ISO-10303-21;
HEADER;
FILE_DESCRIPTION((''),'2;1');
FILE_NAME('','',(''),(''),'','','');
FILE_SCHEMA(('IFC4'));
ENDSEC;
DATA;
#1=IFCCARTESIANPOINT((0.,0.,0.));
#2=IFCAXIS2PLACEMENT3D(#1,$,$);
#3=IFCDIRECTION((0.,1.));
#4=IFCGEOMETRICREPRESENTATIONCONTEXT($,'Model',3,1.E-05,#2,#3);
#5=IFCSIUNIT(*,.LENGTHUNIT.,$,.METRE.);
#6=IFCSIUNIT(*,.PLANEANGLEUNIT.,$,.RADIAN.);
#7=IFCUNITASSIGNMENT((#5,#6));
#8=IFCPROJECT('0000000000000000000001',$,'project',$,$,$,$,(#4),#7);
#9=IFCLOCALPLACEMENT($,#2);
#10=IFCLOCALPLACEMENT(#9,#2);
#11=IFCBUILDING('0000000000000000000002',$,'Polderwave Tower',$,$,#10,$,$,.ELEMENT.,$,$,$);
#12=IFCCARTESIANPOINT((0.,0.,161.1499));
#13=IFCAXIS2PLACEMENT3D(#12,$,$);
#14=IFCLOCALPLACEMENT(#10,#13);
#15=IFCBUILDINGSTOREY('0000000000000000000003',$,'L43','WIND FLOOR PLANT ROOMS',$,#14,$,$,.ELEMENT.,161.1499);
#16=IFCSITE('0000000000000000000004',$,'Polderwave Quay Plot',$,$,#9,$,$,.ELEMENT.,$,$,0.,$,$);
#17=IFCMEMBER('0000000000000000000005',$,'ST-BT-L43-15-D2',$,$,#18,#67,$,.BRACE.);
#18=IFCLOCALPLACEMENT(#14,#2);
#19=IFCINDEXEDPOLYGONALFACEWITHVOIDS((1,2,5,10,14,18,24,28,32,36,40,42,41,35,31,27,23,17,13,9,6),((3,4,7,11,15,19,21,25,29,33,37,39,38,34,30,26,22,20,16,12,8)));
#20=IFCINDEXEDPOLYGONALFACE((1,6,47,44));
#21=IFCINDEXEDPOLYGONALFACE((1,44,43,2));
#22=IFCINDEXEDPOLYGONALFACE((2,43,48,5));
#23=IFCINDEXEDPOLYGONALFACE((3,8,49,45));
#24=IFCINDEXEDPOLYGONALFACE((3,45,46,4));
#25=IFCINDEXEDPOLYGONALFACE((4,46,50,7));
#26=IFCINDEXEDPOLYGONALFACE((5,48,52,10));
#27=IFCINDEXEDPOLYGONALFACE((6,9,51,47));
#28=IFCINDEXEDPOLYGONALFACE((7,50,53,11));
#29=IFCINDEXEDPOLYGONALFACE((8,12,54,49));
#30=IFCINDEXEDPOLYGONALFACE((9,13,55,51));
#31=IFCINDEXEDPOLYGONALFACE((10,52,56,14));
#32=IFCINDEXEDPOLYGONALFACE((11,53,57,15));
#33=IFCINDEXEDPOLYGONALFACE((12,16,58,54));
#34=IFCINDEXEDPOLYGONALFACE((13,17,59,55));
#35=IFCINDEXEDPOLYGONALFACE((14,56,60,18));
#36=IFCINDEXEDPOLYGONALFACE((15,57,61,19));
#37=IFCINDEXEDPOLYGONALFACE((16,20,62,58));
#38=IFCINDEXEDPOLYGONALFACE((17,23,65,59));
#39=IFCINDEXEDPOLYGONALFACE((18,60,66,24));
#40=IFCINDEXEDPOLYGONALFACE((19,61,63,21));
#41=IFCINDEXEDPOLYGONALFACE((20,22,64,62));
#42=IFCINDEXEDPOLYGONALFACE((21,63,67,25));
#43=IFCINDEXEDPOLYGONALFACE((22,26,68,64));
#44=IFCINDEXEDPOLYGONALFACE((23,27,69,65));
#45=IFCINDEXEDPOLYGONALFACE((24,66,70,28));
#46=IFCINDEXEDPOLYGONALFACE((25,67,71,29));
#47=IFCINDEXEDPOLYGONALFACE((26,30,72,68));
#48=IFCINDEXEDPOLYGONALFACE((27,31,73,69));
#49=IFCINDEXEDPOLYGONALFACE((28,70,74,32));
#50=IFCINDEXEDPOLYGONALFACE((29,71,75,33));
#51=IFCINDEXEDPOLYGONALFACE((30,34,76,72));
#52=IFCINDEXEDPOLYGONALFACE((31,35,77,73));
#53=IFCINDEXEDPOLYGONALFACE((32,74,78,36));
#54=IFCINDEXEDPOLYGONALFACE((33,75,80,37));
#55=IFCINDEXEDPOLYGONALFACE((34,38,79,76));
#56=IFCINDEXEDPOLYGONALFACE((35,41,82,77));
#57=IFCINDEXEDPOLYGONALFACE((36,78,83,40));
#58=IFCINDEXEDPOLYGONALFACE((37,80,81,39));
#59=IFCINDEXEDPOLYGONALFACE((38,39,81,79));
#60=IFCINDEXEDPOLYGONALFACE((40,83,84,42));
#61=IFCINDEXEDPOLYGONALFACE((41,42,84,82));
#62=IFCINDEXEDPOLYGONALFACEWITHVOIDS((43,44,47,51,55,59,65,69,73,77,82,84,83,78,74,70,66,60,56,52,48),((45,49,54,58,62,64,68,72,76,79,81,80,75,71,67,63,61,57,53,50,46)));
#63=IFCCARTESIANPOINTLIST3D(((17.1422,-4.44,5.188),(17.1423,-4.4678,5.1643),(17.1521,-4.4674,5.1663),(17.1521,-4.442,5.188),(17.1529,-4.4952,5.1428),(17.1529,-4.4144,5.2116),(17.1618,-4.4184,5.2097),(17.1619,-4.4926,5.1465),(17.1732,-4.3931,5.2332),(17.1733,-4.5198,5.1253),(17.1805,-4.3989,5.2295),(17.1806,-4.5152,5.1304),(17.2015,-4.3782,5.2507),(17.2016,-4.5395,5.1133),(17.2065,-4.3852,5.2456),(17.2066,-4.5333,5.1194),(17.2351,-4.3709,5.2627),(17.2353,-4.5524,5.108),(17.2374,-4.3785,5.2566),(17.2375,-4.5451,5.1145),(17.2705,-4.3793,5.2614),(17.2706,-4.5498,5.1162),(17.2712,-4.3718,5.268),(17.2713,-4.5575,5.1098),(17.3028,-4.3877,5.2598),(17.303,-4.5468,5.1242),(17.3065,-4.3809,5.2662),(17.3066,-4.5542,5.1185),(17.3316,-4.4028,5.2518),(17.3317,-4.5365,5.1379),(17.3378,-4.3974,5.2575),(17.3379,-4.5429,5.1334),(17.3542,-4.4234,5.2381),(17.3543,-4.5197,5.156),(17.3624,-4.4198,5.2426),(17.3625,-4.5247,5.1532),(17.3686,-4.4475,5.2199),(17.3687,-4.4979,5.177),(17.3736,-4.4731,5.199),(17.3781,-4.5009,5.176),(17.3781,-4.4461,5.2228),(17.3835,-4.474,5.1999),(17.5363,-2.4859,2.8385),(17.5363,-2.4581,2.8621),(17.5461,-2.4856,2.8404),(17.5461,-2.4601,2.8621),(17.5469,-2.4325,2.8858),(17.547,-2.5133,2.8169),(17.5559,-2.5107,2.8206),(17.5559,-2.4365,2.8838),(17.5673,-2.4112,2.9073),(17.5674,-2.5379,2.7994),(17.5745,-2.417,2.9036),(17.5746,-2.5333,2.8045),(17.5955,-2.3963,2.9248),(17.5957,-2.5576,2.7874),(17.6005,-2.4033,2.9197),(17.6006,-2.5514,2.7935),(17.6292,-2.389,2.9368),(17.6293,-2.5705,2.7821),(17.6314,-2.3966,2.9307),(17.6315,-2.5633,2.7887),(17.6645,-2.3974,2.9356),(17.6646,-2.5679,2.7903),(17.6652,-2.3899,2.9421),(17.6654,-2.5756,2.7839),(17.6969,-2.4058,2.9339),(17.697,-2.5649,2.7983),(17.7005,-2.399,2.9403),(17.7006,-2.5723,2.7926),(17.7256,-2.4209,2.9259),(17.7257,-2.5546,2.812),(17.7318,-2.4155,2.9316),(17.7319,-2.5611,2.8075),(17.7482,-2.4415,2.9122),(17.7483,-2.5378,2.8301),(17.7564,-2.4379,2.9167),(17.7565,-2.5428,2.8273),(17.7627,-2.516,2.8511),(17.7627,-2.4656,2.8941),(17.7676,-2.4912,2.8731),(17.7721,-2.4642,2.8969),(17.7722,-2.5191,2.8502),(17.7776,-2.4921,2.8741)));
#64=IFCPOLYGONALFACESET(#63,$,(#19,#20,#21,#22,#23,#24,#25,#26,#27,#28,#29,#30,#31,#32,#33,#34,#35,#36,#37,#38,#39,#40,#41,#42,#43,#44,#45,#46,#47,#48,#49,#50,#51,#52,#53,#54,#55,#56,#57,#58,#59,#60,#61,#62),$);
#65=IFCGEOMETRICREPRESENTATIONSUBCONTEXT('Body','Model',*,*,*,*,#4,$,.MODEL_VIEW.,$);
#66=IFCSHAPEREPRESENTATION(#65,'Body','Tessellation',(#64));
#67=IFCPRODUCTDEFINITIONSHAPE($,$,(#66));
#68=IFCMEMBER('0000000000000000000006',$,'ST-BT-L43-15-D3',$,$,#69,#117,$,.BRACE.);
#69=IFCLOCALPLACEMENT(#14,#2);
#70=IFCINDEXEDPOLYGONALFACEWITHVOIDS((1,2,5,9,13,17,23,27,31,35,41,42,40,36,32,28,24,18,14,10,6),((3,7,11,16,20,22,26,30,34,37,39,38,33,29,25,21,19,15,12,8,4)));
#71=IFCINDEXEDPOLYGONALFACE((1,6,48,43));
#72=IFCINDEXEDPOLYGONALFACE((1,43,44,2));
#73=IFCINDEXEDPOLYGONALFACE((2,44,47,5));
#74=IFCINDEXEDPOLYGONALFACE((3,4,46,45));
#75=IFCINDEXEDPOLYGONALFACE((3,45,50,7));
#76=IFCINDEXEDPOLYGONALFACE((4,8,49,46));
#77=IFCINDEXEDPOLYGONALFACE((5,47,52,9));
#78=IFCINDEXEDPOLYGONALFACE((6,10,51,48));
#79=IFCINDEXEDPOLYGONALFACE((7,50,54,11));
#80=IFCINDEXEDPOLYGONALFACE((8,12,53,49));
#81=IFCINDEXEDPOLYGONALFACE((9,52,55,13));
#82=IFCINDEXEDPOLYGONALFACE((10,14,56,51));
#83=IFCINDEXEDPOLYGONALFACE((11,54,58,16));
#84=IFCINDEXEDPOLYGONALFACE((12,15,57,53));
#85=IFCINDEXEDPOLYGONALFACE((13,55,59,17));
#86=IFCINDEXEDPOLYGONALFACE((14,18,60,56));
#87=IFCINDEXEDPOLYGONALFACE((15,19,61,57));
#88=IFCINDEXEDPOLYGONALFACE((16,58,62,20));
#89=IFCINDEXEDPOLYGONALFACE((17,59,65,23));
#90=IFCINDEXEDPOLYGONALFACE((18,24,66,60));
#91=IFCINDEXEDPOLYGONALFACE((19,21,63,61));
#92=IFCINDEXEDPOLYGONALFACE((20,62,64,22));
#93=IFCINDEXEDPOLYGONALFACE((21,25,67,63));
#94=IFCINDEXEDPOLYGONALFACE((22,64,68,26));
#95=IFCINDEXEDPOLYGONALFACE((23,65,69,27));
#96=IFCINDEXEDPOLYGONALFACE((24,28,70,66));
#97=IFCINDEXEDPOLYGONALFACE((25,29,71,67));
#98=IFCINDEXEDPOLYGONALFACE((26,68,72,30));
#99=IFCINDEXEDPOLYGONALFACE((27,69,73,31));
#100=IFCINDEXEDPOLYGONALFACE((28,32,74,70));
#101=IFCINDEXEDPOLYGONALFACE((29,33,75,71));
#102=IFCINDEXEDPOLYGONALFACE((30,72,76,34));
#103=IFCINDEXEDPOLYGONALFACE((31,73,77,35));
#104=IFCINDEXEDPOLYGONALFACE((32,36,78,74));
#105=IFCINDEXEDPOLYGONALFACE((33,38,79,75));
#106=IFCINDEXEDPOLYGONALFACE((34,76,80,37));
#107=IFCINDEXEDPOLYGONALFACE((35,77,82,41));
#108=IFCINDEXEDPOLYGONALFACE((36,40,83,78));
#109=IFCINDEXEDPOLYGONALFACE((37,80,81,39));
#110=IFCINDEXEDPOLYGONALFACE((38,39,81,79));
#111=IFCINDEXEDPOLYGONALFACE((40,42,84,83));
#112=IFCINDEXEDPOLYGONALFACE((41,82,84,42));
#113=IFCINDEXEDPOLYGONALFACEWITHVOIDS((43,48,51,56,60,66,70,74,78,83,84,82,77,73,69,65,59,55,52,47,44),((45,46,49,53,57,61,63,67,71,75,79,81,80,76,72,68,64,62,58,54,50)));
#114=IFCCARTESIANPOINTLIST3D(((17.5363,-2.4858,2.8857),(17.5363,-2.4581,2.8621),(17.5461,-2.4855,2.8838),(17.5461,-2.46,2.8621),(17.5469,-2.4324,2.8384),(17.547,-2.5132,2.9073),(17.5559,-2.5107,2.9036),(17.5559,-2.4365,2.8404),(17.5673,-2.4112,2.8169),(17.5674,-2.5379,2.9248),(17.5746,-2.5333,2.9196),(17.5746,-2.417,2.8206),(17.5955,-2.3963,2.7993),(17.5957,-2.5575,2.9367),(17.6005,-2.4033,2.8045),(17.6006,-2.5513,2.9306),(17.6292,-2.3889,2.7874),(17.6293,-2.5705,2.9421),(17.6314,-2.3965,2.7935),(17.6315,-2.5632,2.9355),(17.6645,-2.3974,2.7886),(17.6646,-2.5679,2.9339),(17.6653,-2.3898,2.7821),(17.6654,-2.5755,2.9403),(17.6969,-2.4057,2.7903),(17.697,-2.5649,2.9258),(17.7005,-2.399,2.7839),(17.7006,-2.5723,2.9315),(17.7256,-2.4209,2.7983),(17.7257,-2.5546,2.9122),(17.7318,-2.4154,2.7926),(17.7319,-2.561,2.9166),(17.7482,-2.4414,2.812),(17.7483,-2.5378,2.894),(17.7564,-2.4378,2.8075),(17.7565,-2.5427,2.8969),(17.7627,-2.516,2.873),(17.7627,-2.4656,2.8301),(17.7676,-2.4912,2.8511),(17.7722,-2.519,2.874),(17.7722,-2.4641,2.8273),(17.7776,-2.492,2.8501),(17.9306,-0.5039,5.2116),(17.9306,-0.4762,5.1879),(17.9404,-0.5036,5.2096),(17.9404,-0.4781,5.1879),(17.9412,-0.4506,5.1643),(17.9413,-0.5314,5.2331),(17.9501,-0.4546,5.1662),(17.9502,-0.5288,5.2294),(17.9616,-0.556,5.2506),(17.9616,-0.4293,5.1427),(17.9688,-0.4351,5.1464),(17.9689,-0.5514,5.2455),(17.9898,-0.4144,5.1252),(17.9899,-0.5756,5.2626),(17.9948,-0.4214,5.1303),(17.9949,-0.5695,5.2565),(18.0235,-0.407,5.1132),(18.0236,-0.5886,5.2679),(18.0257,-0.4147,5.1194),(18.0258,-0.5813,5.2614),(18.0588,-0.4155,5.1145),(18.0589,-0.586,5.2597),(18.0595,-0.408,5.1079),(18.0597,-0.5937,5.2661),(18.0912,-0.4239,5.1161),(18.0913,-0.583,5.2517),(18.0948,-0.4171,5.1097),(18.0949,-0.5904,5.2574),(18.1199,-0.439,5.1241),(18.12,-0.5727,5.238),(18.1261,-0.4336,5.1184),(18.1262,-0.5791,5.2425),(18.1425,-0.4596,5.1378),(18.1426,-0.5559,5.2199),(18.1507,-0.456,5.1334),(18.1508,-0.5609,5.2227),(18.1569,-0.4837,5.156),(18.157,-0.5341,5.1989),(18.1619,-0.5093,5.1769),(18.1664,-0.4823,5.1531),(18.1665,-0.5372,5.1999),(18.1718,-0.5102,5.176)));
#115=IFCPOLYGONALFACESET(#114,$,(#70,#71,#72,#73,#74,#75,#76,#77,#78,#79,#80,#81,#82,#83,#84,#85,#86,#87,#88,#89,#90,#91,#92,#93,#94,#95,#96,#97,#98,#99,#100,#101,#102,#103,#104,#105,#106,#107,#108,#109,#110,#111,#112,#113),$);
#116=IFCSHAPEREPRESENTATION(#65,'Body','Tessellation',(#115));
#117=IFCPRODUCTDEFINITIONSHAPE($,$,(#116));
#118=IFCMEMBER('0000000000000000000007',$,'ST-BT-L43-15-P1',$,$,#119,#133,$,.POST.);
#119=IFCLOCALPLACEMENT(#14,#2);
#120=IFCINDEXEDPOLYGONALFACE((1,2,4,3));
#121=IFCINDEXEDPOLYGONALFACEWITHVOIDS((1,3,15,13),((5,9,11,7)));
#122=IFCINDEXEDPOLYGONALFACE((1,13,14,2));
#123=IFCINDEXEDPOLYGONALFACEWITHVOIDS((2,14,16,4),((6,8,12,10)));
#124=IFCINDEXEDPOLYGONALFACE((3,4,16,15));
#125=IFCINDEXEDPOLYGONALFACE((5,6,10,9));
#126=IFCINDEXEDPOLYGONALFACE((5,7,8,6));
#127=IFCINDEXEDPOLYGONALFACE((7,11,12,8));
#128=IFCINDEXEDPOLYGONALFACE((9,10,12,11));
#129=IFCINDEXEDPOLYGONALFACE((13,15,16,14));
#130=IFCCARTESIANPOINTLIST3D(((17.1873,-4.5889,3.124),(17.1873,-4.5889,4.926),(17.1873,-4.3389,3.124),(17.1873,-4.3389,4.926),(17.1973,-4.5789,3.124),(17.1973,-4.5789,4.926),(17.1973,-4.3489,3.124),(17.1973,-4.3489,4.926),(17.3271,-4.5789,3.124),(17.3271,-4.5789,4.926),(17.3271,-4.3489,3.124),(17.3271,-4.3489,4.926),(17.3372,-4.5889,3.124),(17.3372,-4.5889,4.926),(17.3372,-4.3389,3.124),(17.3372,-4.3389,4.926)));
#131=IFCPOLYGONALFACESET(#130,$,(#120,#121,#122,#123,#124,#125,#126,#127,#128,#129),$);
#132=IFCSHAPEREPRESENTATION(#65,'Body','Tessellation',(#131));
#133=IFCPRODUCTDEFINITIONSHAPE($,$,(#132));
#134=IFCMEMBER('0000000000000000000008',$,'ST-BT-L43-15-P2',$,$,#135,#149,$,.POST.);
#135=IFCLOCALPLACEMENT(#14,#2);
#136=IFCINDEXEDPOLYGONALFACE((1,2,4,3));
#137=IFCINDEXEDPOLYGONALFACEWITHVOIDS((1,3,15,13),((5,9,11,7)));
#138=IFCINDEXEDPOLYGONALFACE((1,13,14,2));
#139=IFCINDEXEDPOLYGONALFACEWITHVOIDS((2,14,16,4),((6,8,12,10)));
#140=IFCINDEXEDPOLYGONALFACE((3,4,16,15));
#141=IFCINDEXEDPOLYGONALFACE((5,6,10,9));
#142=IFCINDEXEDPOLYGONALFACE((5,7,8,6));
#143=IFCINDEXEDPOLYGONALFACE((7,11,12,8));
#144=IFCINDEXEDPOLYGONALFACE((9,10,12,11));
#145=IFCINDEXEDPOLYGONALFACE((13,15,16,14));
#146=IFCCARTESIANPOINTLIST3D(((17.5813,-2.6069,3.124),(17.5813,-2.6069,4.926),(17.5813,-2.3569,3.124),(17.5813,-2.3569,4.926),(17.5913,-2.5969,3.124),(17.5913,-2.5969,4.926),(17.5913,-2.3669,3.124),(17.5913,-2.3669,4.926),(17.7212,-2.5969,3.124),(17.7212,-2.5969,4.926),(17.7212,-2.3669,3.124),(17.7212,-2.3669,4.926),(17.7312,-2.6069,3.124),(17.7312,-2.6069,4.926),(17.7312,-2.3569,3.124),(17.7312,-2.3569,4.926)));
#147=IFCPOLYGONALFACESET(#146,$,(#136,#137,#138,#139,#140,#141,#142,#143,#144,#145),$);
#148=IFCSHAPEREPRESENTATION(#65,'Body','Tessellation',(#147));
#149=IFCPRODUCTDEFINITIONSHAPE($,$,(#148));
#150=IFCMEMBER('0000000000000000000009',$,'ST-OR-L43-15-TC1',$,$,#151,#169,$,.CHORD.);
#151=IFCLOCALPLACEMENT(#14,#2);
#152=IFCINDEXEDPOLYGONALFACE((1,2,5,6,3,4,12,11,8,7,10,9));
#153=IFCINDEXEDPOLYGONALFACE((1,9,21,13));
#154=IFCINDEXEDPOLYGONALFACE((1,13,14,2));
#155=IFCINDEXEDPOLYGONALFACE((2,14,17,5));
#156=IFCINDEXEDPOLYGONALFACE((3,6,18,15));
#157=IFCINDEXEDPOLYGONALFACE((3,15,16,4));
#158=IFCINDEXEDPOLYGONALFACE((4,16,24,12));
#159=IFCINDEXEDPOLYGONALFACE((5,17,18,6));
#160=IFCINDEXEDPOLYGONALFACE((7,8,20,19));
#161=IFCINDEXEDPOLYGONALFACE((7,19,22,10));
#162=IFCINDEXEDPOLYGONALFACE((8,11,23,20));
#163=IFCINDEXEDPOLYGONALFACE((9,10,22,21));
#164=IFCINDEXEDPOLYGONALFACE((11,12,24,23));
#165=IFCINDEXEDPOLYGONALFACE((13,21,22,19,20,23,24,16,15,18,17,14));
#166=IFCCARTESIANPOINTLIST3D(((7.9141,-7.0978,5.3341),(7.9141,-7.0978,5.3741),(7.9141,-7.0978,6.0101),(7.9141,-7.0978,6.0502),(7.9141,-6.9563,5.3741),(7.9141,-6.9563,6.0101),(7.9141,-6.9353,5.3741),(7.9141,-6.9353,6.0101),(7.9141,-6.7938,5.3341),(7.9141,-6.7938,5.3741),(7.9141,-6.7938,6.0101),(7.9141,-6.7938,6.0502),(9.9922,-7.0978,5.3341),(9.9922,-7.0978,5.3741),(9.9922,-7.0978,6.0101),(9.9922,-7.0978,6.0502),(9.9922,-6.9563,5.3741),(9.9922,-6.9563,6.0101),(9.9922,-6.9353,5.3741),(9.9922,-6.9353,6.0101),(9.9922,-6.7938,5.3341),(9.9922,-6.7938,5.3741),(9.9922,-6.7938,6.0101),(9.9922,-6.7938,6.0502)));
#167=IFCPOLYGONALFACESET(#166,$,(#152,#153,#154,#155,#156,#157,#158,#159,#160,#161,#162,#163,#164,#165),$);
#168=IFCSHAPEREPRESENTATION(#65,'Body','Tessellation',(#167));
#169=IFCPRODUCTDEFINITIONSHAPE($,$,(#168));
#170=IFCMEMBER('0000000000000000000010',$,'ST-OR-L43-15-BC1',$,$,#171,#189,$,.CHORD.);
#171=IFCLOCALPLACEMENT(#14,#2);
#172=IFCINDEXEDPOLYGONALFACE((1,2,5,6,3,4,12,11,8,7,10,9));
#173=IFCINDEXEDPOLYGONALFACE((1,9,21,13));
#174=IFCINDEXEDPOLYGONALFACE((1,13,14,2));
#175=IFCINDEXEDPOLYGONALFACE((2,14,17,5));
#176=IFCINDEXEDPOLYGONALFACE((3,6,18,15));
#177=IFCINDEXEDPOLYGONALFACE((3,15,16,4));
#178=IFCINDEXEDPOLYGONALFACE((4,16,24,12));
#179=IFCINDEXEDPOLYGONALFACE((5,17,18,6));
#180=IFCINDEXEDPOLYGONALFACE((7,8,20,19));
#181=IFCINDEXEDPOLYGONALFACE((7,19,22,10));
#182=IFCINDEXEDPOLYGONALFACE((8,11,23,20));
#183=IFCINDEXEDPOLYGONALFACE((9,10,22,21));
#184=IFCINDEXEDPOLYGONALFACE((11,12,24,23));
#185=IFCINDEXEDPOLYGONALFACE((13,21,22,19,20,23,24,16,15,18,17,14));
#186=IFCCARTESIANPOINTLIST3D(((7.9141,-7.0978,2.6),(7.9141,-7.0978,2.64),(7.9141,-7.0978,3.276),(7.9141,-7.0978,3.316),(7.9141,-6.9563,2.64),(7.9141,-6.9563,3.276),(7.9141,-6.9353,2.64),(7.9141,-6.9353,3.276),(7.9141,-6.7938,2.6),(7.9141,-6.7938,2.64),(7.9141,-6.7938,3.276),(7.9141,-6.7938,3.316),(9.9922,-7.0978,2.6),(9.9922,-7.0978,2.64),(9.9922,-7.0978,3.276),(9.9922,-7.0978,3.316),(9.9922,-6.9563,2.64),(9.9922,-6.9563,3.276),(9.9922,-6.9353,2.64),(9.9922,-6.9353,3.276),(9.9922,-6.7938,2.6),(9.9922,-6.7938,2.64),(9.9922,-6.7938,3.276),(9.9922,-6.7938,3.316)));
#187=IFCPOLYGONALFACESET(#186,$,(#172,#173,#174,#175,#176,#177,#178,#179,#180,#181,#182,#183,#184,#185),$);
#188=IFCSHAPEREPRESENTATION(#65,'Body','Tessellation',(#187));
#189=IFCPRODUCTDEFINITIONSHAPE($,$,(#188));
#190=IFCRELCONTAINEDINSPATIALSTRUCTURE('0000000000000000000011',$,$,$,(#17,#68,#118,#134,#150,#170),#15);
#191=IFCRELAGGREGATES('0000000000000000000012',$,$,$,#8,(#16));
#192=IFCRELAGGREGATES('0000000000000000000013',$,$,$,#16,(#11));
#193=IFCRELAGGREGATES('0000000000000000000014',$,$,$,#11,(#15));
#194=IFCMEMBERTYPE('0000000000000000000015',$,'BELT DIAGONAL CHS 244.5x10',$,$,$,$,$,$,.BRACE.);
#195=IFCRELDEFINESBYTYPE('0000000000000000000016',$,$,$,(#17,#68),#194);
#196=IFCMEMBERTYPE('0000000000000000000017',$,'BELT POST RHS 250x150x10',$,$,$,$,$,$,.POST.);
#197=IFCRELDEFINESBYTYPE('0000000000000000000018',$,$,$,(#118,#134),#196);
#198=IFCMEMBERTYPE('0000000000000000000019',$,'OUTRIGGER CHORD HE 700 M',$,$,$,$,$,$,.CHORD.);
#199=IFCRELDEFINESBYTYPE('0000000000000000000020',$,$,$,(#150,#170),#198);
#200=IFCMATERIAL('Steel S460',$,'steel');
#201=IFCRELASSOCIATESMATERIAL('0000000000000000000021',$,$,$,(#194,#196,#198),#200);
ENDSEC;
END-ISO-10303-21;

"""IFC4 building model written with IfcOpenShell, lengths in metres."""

from ifc_helpers import new_model, si_unit, direction, frame, origin, origin_2d, place, context, subcontext, project, spatial, hollow_rectangle, hollow_circle, i_section, extrude, material, material_profile, profile_set, type_object, element, save


model = new_model("IFC4")

# Units and contexts
model_context = context("Model", 3, precision=1e-05, world=origin(), true_north=direction((0.0, 1.0)))
body_context = subcontext(model_context, "Body", "Model", "MODEL_VIEW")
ifc_project = project(units=[si_unit("LENGTHUNIT", "METRE"), si_unit("PLANEANGLEUNIT", "RADIAN")], contexts=[model_context])

# Site, building, storey
site_placement = place(None, origin())
site = spatial("IfcSite", under=ifc_project, at=site_placement, Name="Polderwave Quay Plot", CompositionType="ELEMENT", RefElevation=0.0)
building_placement = place(site_placement, origin())
building = spatial("IfcBuilding", under=site, at=building_placement, Name="Polderwave Tower", CompositionType="ELEMENT")
storey_placement = place(building_placement, frame((0.0, 0.0, 161.1499)))
storey = spatial("IfcBuildingStorey", under=building, at=storey_placement, Name="L43", Description="WIND FLOOR PLANT ROOMS", CompositionType="ELEMENT", Elevation=161.1499)

# Members
ifc_material_1 = material(Name="Steel S460", Category="steel")
ifc_material_profile_1 = material_profile(ifc_material_1, hollow_circle(Radius=0.1223, WallThickness=0.01, at=origin_2d()), Name="CHS 244.5x10")
ifc_profile_set_1 = profile_set([ifc_material_profile_1], Name="Steel S460")
member_type_1 = type_object("IfcMemberType", Name="BELT DIAGONAL CHS 244.5x10", PredefinedType="BRACE", material=ifc_profile_set_1)
for number, where, z_axis, x_axis, name in (
    (1, (17.2622, -4.4639, 5.188), (0.12789, 0.643252, -0.754898), (-0.980803, 0.195001, 0.0), "ST-BT-L43-15-D2"),
    (2, (17.6562, -2.4819, 2.8621), (0.127968, 0.643246, 0.75489), (-0.98078, 0.195117, 0.0), "ST-BT-L43-15-D3"),
):
    element("IfcMember", number, at=place(storey_placement, frame(where, z_axis=z_axis, x_axis=x_axis)), inside=storey, type_object=member_type_1, Name=name, PredefinedType="BRACE", context=body_context, shape_type="SweptSolid", body=[
        extrude(hollow_circle(Radius=0.1223, WallThickness=0.01, at=origin_2d()), origin(), (0.0, 0.0, 1.0), 3.0811),
    ])
ifc_material_profile_2 = material_profile(ifc_material_1, hollow_rectangle(XDim=0.1499, YDim=0.25, WallThickness=0.01, at=origin_2d()), Name="RHS 250x150x10")
ifc_profile_set_2 = profile_set([ifc_material_profile_2], Name="Steel S460")
member_type_2 = type_object("IfcMemberType", Name="BELT POST RHS 250x150x10", PredefinedType="POST", material=ifc_profile_set_2)
for number, where, z_axis, x_axis, name in (
    (3, (17.2622, -4.4639, 3.124), (0.0, 0.0, 1.0), (1.0, 0.0, 0.0), "ST-BT-L43-15-P1"),
    (4, (17.6562, -2.4819, 3.124), (0.0, 0.0, 1.0), (1.0, 0.0, 0.0), "ST-BT-L43-15-P2"),
):
    element("IfcMember", number, at=place(storey_placement, frame(where, z_axis=z_axis, x_axis=x_axis)), inside=storey, type_object=member_type_2, Name=name, PredefinedType="POST", context=body_context, shape_type="SweptSolid", body=[
        extrude(hollow_rectangle(XDim=0.1499, YDim=0.25, WallThickness=0.01, at=origin_2d()), origin(), (0.0, 0.0, 1.0), 1.802),
    ])
ifc_material_profile_3 = material_profile(ifc_material_1, i_section(OverallWidth=0.304, OverallDepth=0.7161, WebThickness=0.021, FlangeThickness=0.04, at=origin_2d()), Name="HE 700 M")
ifc_profile_set_3 = profile_set([ifc_material_profile_3], Name="Steel S460")
member_type_3 = type_object("IfcMemberType", Name="OUTRIGGER CHORD HE 700 M", PredefinedType="CHORD", material=ifc_profile_set_3)
for number, where, z_axis, x_axis, name in (
    (5, (7.9141, -6.9458, 5.6921), (1.0, 0.0, 0.0), (0.0, 1.0, 0.0), "ST-OR-L43-15-TC1"),
    (6, (7.9141, -6.9458, 2.958), (1.0, 0.0, 0.0), (0.0, 1.0, 0.0), "ST-OR-L43-15-BC1"),
):
    element("IfcMember", number, at=place(storey_placement, frame(where, z_axis=z_axis, x_axis=x_axis)), inside=storey, type_object=member_type_3, Name=name, PredefinedType="CHORD", context=body_context, shape_type="SweptSolid", body=[
        extrude(i_section(OverallWidth=0.304, OverallDepth=0.7161, WebThickness=0.021, FlangeThickness=0.04, at=origin_2d()), origin(), (0.0, 0.0, 1.0), 2.0781),
    ])

save(model, "model.ifc")
